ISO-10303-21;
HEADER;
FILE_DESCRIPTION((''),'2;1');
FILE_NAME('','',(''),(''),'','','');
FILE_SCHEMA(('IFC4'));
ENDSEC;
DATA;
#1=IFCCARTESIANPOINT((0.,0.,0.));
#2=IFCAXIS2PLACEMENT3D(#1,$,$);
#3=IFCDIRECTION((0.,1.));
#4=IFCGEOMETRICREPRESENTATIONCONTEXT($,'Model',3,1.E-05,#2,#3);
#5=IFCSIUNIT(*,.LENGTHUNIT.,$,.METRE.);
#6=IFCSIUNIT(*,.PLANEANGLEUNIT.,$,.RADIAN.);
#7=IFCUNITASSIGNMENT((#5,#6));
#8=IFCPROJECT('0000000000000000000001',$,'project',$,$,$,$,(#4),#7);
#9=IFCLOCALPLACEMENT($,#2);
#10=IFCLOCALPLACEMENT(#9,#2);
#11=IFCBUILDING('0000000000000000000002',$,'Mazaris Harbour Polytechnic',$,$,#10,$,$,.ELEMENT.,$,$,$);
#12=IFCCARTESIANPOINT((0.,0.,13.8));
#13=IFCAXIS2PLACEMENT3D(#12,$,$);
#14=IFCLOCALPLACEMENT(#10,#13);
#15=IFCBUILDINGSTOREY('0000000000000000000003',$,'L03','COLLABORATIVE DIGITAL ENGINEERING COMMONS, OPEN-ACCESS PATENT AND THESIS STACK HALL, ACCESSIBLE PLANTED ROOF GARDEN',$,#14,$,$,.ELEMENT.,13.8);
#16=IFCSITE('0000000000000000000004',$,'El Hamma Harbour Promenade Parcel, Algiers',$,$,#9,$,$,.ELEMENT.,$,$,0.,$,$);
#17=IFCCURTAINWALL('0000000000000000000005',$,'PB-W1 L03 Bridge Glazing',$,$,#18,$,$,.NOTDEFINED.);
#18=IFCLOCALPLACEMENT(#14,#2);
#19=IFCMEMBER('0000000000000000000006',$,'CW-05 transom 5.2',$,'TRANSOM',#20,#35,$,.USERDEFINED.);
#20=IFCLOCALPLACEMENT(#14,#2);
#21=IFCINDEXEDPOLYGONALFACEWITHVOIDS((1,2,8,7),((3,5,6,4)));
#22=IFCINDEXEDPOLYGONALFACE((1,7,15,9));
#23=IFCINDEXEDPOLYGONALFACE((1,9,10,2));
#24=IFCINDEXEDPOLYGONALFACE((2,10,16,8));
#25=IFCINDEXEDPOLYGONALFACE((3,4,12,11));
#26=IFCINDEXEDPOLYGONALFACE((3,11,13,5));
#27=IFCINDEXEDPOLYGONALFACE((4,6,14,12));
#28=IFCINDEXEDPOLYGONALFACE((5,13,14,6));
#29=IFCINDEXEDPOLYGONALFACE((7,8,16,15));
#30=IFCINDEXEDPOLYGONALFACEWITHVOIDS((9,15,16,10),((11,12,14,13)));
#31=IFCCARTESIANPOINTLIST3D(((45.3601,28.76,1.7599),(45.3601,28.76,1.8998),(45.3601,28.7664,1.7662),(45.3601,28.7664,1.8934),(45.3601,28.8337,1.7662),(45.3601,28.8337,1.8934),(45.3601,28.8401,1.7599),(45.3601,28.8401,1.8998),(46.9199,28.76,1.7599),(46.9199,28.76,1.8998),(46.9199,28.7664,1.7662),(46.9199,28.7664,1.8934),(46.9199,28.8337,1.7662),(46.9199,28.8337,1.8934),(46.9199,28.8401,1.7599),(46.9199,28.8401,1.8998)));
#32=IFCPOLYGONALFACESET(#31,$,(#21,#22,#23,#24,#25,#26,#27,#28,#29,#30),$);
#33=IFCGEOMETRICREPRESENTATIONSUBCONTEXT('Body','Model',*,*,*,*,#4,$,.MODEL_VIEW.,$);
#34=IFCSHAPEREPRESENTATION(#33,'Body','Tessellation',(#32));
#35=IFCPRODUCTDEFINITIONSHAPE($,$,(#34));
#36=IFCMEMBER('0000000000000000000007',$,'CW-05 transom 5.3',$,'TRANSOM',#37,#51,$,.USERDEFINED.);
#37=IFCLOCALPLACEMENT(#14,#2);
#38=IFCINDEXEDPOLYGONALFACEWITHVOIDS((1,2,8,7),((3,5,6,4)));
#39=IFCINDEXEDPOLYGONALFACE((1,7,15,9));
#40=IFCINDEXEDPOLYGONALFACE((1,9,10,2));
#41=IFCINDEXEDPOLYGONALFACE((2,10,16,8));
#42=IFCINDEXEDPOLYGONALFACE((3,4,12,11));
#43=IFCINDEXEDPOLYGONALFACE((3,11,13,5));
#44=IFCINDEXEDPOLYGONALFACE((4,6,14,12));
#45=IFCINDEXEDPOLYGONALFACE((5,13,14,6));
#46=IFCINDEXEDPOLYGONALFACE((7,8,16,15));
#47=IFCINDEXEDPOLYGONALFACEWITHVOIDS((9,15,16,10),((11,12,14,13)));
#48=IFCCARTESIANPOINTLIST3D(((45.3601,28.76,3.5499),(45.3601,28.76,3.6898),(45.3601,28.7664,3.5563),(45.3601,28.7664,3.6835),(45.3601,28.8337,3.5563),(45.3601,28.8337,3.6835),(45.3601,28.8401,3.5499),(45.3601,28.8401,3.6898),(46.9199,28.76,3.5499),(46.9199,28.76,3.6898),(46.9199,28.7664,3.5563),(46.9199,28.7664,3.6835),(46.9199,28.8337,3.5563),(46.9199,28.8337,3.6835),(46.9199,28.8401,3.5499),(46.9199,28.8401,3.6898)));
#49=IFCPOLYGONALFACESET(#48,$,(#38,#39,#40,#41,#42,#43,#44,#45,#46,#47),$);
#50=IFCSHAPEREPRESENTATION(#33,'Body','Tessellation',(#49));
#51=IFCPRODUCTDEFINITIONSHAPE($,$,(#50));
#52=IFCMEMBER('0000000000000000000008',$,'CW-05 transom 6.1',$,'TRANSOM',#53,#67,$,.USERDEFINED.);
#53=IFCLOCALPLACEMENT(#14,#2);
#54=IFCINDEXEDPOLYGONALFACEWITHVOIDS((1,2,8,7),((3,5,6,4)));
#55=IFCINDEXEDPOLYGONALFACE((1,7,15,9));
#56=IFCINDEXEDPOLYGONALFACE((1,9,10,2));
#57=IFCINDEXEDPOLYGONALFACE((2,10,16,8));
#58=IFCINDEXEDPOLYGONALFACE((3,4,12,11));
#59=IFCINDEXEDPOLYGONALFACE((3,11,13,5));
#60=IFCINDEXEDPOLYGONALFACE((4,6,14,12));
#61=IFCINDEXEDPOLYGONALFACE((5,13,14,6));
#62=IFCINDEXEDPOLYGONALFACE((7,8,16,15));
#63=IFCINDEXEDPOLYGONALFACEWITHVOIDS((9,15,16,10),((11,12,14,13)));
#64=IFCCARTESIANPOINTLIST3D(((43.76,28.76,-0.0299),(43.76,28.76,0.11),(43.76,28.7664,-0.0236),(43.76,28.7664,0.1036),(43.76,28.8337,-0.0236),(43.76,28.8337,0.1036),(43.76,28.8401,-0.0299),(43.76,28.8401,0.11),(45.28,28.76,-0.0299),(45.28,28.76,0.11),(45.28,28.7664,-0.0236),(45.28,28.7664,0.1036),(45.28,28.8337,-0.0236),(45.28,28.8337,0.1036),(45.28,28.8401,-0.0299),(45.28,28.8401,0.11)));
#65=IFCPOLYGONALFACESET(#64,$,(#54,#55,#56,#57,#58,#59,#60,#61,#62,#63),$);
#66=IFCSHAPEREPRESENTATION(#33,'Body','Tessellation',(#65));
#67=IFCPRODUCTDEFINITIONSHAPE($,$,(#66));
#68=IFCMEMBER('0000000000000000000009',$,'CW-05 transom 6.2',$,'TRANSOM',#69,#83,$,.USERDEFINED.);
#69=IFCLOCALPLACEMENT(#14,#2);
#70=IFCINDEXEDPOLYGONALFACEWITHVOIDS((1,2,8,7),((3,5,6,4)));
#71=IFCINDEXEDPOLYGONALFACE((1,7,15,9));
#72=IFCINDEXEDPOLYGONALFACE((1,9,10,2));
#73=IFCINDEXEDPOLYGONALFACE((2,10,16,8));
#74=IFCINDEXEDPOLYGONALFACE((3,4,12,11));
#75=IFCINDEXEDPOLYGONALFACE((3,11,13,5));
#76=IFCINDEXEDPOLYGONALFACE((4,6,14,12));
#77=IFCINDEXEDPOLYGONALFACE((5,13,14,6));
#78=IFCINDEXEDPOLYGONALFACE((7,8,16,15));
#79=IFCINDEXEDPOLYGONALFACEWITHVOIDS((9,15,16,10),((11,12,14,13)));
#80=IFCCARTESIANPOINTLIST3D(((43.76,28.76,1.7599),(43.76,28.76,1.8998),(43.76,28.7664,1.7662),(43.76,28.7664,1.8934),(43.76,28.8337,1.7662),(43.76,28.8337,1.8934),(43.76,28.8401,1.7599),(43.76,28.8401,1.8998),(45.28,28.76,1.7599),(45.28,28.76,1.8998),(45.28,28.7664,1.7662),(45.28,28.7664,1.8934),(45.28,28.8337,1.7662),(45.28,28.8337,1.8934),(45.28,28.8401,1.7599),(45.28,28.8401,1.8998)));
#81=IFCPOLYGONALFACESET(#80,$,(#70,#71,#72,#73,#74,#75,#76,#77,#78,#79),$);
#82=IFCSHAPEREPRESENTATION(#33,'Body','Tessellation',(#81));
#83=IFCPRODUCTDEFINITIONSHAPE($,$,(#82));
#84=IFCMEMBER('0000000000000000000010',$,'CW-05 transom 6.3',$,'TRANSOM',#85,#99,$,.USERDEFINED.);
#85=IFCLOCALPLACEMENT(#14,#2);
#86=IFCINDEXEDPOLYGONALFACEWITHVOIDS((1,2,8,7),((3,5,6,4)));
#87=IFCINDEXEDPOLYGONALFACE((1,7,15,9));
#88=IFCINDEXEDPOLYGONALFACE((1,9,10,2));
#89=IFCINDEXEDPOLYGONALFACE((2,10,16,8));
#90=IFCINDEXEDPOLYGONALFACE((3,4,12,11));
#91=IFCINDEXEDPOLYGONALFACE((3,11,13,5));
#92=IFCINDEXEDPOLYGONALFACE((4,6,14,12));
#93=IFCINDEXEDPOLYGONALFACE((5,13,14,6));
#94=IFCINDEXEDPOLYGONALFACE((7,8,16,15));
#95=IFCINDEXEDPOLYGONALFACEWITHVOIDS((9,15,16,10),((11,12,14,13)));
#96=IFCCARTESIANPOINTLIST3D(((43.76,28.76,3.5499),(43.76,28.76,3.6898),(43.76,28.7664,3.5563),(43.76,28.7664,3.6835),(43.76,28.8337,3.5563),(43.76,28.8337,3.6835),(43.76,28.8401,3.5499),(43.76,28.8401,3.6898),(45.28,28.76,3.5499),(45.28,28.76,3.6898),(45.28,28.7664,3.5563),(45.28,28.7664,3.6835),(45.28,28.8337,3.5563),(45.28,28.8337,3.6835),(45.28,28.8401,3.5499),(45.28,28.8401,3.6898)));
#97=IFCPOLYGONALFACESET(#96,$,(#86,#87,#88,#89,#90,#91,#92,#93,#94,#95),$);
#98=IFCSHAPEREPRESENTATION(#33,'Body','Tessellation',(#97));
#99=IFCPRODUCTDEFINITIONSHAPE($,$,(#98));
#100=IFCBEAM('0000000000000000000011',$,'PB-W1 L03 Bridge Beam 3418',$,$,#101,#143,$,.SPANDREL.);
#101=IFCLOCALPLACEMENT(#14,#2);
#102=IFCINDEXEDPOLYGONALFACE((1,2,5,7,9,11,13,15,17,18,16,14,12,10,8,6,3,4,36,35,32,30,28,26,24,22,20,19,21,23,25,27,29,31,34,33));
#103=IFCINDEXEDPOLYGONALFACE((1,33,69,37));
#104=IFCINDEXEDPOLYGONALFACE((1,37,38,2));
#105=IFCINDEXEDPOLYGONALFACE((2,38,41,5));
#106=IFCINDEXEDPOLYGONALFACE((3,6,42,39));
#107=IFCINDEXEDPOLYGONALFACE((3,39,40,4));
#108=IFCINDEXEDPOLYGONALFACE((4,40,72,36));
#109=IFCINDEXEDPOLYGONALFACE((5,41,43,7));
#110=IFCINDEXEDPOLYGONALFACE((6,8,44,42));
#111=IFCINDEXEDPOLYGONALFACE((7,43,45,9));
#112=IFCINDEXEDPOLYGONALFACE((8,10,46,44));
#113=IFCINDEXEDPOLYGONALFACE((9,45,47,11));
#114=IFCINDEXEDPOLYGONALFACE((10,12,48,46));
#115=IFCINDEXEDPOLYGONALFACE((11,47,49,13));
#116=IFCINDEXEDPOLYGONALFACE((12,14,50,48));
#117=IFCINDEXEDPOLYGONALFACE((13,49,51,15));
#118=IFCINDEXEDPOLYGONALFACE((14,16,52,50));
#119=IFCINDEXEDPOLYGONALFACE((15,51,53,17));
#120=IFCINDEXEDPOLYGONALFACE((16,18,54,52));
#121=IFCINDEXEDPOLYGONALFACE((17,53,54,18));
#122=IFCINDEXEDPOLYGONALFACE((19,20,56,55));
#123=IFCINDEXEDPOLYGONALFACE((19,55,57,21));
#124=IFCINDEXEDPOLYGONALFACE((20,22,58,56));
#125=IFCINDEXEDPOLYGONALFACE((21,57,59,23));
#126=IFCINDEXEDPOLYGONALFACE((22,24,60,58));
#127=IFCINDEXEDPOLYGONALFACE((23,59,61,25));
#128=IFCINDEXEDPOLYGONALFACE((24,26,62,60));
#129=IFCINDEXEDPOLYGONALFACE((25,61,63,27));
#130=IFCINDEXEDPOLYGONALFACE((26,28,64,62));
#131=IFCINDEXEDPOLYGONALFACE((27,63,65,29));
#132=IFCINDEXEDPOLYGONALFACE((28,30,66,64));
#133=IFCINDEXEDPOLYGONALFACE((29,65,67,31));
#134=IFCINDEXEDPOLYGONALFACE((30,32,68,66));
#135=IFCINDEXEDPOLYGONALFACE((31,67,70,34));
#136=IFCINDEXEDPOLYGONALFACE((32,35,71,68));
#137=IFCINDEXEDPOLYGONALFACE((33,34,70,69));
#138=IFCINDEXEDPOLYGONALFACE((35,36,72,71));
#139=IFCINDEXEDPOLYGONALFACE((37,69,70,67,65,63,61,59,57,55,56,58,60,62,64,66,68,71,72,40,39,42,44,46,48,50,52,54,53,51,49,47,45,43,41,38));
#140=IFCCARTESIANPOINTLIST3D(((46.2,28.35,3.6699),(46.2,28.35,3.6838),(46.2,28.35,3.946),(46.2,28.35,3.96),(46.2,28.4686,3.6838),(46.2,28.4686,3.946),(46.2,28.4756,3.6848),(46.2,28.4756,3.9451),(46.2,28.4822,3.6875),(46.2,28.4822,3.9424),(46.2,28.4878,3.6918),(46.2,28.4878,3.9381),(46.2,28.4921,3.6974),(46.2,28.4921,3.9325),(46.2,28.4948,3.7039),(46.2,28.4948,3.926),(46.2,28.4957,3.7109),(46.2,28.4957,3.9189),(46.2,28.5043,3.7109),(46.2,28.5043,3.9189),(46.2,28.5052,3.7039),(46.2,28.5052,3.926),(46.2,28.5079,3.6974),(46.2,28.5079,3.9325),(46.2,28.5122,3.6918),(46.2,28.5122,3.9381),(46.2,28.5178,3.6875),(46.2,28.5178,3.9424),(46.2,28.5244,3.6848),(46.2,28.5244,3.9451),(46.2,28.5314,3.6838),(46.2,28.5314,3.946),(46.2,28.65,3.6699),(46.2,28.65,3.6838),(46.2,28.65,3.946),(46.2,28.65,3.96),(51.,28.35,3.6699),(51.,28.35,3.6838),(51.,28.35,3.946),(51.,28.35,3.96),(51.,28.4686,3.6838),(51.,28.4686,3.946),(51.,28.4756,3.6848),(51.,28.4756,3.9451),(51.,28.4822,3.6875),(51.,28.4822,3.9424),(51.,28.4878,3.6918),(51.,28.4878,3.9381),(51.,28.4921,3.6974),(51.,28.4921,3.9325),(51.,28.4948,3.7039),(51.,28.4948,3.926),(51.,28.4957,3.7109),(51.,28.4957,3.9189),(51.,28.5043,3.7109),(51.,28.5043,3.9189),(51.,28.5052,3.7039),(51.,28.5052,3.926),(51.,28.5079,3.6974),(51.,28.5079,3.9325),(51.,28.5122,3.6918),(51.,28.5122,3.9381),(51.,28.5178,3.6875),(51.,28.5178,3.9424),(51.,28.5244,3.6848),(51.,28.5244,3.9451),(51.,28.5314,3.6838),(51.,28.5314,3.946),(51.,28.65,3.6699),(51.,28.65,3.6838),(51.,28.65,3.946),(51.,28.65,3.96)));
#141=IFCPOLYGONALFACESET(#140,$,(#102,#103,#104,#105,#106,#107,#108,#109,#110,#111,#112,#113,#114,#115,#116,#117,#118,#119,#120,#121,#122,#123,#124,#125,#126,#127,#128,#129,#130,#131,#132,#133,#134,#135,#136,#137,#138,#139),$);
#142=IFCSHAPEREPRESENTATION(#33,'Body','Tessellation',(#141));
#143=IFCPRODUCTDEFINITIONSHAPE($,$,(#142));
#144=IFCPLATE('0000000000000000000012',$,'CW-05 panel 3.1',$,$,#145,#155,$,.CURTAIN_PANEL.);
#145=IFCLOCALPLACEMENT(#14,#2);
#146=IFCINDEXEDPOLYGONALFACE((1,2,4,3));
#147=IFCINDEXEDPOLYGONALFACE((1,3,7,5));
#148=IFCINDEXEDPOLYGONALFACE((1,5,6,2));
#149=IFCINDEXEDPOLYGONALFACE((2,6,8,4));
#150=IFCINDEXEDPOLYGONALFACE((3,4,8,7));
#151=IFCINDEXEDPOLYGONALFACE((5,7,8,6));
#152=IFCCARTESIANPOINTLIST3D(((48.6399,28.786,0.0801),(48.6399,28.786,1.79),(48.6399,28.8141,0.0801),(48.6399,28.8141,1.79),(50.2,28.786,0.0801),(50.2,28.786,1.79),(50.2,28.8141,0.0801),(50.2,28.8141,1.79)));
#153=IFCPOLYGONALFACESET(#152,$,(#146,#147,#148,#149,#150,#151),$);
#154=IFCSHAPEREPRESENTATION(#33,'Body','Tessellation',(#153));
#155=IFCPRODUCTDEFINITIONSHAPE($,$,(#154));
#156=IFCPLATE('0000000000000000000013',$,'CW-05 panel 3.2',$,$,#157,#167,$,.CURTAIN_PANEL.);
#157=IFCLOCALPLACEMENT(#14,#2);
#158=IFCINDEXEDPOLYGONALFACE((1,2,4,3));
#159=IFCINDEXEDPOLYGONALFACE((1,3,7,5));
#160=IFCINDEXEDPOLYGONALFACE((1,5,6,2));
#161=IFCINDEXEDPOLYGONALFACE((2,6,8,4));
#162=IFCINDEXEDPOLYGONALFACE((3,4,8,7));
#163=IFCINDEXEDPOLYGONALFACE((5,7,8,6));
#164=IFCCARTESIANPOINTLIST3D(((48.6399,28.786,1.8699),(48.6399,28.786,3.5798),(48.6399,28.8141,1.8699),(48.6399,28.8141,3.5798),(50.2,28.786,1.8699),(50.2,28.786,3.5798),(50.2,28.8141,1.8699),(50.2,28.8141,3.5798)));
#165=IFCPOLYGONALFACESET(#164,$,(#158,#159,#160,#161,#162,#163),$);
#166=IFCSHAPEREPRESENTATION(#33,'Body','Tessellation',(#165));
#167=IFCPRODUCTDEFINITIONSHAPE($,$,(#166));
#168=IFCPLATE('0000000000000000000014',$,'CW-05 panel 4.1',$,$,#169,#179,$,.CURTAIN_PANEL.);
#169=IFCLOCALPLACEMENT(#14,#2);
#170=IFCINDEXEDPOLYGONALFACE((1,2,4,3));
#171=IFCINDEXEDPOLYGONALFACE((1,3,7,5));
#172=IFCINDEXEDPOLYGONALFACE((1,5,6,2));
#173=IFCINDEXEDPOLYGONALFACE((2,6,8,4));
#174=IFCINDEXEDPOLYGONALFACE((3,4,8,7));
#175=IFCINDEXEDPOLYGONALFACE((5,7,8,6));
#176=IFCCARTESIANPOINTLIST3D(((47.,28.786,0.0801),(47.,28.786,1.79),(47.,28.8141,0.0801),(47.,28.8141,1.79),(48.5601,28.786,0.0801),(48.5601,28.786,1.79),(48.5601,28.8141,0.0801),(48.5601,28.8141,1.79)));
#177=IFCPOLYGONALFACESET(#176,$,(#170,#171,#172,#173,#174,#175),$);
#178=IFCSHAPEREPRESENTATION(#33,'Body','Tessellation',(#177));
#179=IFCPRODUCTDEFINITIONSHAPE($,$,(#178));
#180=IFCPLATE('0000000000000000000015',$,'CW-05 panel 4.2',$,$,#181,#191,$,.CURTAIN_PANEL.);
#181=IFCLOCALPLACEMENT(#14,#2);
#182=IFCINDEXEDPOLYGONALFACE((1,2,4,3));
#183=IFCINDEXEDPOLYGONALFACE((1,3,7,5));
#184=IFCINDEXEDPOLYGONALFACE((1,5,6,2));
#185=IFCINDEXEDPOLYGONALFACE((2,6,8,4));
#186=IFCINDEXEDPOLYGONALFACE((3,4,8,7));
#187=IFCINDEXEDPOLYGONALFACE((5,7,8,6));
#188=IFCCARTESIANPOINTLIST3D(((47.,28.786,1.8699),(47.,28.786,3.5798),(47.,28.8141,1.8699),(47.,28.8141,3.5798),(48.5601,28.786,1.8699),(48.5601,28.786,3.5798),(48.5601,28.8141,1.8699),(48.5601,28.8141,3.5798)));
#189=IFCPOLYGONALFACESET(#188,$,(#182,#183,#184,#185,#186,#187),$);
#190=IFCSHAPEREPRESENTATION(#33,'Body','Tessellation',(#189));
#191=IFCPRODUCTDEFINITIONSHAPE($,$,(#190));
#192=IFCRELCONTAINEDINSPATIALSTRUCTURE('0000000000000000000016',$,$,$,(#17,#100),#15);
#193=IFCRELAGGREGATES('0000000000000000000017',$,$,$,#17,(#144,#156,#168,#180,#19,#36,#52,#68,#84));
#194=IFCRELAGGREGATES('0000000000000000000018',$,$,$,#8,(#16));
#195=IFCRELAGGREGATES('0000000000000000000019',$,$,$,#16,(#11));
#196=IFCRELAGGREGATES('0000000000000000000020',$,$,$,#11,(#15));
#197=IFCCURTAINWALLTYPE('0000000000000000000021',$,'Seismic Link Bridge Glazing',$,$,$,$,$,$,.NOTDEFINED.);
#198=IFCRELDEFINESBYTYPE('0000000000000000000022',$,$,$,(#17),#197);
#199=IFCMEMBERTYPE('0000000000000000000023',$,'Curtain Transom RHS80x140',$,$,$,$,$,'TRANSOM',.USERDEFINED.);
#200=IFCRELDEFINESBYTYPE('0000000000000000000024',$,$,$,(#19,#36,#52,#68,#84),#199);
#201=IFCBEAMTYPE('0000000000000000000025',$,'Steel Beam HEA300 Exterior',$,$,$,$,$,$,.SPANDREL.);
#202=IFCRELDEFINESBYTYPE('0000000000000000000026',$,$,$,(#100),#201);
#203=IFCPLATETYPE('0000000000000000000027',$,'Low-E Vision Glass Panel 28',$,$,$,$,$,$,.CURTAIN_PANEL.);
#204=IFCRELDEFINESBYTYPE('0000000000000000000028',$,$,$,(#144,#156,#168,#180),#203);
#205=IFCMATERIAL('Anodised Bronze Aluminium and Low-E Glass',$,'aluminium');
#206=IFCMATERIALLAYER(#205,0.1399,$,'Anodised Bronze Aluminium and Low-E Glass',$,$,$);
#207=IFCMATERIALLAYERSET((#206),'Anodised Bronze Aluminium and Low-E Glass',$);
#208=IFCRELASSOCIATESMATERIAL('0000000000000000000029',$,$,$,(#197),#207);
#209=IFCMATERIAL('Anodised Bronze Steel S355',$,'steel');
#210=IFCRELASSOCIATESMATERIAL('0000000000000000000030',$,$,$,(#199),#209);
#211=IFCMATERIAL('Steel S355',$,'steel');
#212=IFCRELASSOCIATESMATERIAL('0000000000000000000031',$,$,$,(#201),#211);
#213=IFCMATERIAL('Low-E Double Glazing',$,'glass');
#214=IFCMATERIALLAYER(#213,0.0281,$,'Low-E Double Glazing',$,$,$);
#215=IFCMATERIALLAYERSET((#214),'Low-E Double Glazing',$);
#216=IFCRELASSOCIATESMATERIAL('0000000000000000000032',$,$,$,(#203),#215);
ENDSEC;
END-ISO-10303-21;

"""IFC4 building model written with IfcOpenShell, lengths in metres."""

from ifc_helpers import new_model, si_unit, direction, frame, origin, origin_2d, place, context, subcontext, project, spatial, rectangle, hollow_rectangle, i_section, extrude, material, layer, layer_set, material_profile, profile_set, type_object, element, aggregate, save


model = new_model("IFC4")

# Units and contexts
model_context = context("Model", 3, precision=1e-05, world=origin(), true_north=direction((0.0, 1.0)))
body_context = subcontext(model_context, "Body", "Model", "MODEL_VIEW")
ifc_project = project(units=[si_unit("LENGTHUNIT", "METRE"), si_unit("PLANEANGLEUNIT", "RADIAN")], contexts=[model_context])

# Site, building, storey
site_placement = place(None, origin())
site = spatial("IfcSite", under=ifc_project, at=site_placement, Name="El Hamma Harbour Promenade Parcel, Algiers", CompositionType="ELEMENT", RefElevation=0.0)
building_placement = place(site_placement, origin())
building = spatial("IfcBuilding", under=site, at=building_placement, Name="Mazaris Harbour Polytechnic", CompositionType="ELEMENT")
storey_placement = place(building_placement, frame((0.0, 0.0, 13.8)))
storey = spatial("IfcBuildingStorey", under=building, at=storey_placement, Name="L03", Description="COLLABORATIVE DIGITAL ENGINEERING COMMONS, OPEN-ACCESS PATENT AND THESIS STACK HALL, ACCESSIBLE PLANTED ROOF GARDEN", CompositionType="ELEMENT", Elevation=13.8)

# Curtain wall, members
ifc_material_1 = material(Name="Anodised Bronze Aluminium and Low-E Glass", Category="aluminium")
ifc_layer_1 = layer(ifc_material_1, 0.1399, Name="Anodised Bronze Aluminium and Low-E Glass")
ifc_layer_set_1 = layer_set([ifc_layer_1], Name="Anodised Bronze Aluminium and Low-E Glass")
curtain_wall_type = type_object("IfcCurtainWallType", Name="Seismic Link Bridge Glazing", PredefinedType="NOTDEFINED", material=ifc_layer_set_1)
curtain_wall_placement = place(storey_placement, origin())
curtain_wall = element("IfcCurtainWall", 1, at=curtain_wall_placement, inside=storey, type_object=curtain_wall_type, Name="PB-W1 L03 Bridge Glazing", PredefinedType="NOTDEFINED")
ifc_material_2 = material(Name="Anodised Bronze Steel S355", Category="steel")
ifc_material_profile_1 = material_profile(ifc_material_2, hollow_rectangle(XDim=0.0801, YDim=0.1399, WallThickness=0.0063, at=origin_2d()), Name="RHS 80x140x6.3")
ifc_profile_set_1 = profile_set([ifc_material_profile_1], Name="Anodised Bronze Steel S355")
member_type_1 = type_object("IfcMemberType", Name="Curtain Transom RHS80x140", ElementType="TRANSOM", PredefinedType="USERDEFINED", material=ifc_profile_set_1)
member_1_placement = place(storey_placement, frame((46.9199, 28.8, 1.8298), z_axis=(-1.0, 0.0, 0.0), x_axis=(0.0, -1.0, 0.0)))
member_1 = element("IfcMember", 2, at=member_1_placement, type_object=member_type_1, Name="CW-05 transom 5.2", ObjectType="TRANSOM", PredefinedType="USERDEFINED", context=body_context, shape_type="SweptSolid", body=[
    extrude(hollow_rectangle(XDim=0.0801, YDim=0.1399, WallThickness=0.0063, at=origin_2d()), origin(), (0.0, 0.0, 1.0), 1.5598),
])
member_2_placement = place(storey_placement, frame((46.9199, 28.8, 3.6199), z_axis=(-1.0, 0.0, 0.0), x_axis=(0.0, -1.0, 0.0)))
member_2 = element("IfcMember", 3, at=member_2_placement, type_object=member_type_1, Name="CW-05 transom 5.3", ObjectType="TRANSOM", PredefinedType="USERDEFINED", context=body_context, shape_type="SweptSolid", body=[
    extrude(hollow_rectangle(XDim=0.0801, YDim=0.1399, WallThickness=0.0063, at=origin_2d()), origin(), (0.0, 0.0, 1.0), 1.5598),
])
member_3_placement = place(storey_placement, frame((45.28, 28.8, 0.04), z_axis=(-1.0, 0.0, 0.0), x_axis=(0.0, -1.0, 0.0)))
member_3 = element("IfcMember", 4, at=member_3_placement, type_object=member_type_1, Name="CW-05 transom 6.1", ObjectType="TRANSOM", PredefinedType="USERDEFINED", context=body_context, shape_type="SweptSolid", body=[
    extrude(hollow_rectangle(XDim=0.0801, YDim=0.1399, WallThickness=0.0063, at=origin_2d()), origin(), (0.0, 0.0, 1.0), 1.52),
])
member_4_placement = place(storey_placement, frame((45.28, 28.8, 1.8298), z_axis=(-1.0, 0.0, 0.0), x_axis=(0.0, -1.0, 0.0)))
member_4 = element("IfcMember", 5, at=member_4_placement, type_object=member_type_1, Name="CW-05 transom 6.2", ObjectType="TRANSOM", PredefinedType="USERDEFINED", context=body_context, shape_type="SweptSolid", body=[
    extrude(hollow_rectangle(XDim=0.0801, YDim=0.1399, WallThickness=0.0063, at=origin_2d()), origin(), (0.0, 0.0, 1.0), 1.52),
])
member_5_placement = place(storey_placement, frame((45.28, 28.8, 3.6199), z_axis=(-1.0, 0.0, 0.0), x_axis=(0.0, -1.0, 0.0)))
member_5 = element("IfcMember", 6, at=member_5_placement, type_object=member_type_1, Name="CW-05 transom 6.3", ObjectType="TRANSOM", PredefinedType="USERDEFINED", context=body_context, shape_type="SweptSolid", body=[
    extrude(hollow_rectangle(XDim=0.0801, YDim=0.1399, WallThickness=0.0063, at=origin_2d()), origin(), (0.0, 0.0, 1.0), 1.52),
])

# Beam
ifc_material_3 = material(Name="Steel S355", Category="steel")
ifc_material_profile_2 = material_profile(ifc_material_3, i_section(OverallWidth=0.3, OverallDepth=0.29, WebThickness=0.0085, FlangeThickness=0.0139, FilletRadius=0.0271, at=origin_2d()), Name="HEA 300")
ifc_profile_set_2 = profile_set([ifc_material_profile_2], Name="Steel S355")
beam_type = type_object("IfcBeamType", Name="Steel Beam HEA300 Exterior", PredefinedType="SPANDREL", material=ifc_profile_set_2)
beam_placement = place(storey_placement, frame((46.2, 28.5, 3.8149), z_axis=(1.0, 0.0, 0.0), x_axis=(0.0, 1.0, 0.0)))
element("IfcBeam", 7, at=beam_placement, inside=storey, type_object=beam_type, Name="PB-W1 L03 Bridge Beam 3418", PredefinedType="SPANDREL", context=body_context, shape_type="SweptSolid", body=[
    extrude(i_section(OverallWidth=0.3, OverallDepth=0.29, WebThickness=0.0085, FlangeThickness=0.0139, FilletRadius=0.0271, at=origin_2d()), origin(), (0.0, 0.0, 1.0), 4.8),
])

# Plates
ifc_material_4 = material(Name="Low-E Double Glazing", Category="glass")
ifc_layer_2 = layer(ifc_material_4, 0.0281, Name="Low-E Double Glazing")
ifc_layer_set_2 = layer_set([ifc_layer_2], Name="Low-E Double Glazing")
plate_type = type_object("IfcPlateType", Name="Low-E Vision Glass Panel 28", PredefinedType="CURTAIN_PANEL", material=ifc_layer_set_2)
plate_1_placement = place(storey_placement, frame((49.4199, 28.8, 0.0801), z_axis=(0.0, 0.0, 1.0), x_axis=(-1.0, 0.0, 0.0)))
plate_1 = element("IfcPlate", 8, at=plate_1_placement, type_object=plate_type, Name="CW-05 panel 3.1", PredefinedType="CURTAIN_PANEL", context=body_context, shape_type="SweptSolid", body=[
    extrude(rectangle(XDim=1.5601, YDim=0.0281, at=origin_2d()), origin(), (0.0, 0.0, 1.0), 1.71),
])
plate_2_placement = place(storey_placement, frame((49.4199, 28.8, 1.8699), z_axis=(0.0, 0.0, 1.0), x_axis=(-1.0, 0.0, 0.0)))
plate_2 = element("IfcPlate", 9, at=plate_2_placement, type_object=plate_type, Name="CW-05 panel 3.2", PredefinedType="CURTAIN_PANEL", context=body_context, shape_type="SweptSolid", body=[
    extrude(rectangle(XDim=1.5601, YDim=0.0281, at=origin_2d()), origin(), (0.0, 0.0, 1.0), 1.71),
])
plate_3_placement = place(storey_placement, frame((47.78, 28.8, 0.0801), z_axis=(0.0, 0.0, 1.0), x_axis=(-1.0, 0.0, 0.0)))
plate_3 = element("IfcPlate", 10, at=plate_3_placement, type_object=plate_type, Name="CW-05 panel 4.1", PredefinedType="CURTAIN_PANEL", context=body_context, shape_type="SweptSolid", body=[
    extrude(rectangle(XDim=1.5601, YDim=0.0281, at=origin_2d()), origin(), (0.0, 0.0, 1.0), 1.71),
])
plate_4_placement = place(storey_placement, frame((47.78, 28.8, 1.8699), z_axis=(0.0, 0.0, 1.0), x_axis=(-1.0, 0.0, 0.0)))
plate_4 = element("IfcPlate", 11, at=plate_4_placement, type_object=plate_type, Name="CW-05 panel 4.2", PredefinedType="CURTAIN_PANEL", context=body_context, shape_type="SweptSolid", body=[
    extrude(rectangle(XDim=1.5601, YDim=0.0281, at=origin_2d()), origin(), (0.0, 0.0, 1.0), 1.71),
])
aggregate(curtain_wall, [plate_1, plate_2, plate_3, plate_4, member_1, member_2, member_3, member_4, member_5])

save(model, "model.ifc")
